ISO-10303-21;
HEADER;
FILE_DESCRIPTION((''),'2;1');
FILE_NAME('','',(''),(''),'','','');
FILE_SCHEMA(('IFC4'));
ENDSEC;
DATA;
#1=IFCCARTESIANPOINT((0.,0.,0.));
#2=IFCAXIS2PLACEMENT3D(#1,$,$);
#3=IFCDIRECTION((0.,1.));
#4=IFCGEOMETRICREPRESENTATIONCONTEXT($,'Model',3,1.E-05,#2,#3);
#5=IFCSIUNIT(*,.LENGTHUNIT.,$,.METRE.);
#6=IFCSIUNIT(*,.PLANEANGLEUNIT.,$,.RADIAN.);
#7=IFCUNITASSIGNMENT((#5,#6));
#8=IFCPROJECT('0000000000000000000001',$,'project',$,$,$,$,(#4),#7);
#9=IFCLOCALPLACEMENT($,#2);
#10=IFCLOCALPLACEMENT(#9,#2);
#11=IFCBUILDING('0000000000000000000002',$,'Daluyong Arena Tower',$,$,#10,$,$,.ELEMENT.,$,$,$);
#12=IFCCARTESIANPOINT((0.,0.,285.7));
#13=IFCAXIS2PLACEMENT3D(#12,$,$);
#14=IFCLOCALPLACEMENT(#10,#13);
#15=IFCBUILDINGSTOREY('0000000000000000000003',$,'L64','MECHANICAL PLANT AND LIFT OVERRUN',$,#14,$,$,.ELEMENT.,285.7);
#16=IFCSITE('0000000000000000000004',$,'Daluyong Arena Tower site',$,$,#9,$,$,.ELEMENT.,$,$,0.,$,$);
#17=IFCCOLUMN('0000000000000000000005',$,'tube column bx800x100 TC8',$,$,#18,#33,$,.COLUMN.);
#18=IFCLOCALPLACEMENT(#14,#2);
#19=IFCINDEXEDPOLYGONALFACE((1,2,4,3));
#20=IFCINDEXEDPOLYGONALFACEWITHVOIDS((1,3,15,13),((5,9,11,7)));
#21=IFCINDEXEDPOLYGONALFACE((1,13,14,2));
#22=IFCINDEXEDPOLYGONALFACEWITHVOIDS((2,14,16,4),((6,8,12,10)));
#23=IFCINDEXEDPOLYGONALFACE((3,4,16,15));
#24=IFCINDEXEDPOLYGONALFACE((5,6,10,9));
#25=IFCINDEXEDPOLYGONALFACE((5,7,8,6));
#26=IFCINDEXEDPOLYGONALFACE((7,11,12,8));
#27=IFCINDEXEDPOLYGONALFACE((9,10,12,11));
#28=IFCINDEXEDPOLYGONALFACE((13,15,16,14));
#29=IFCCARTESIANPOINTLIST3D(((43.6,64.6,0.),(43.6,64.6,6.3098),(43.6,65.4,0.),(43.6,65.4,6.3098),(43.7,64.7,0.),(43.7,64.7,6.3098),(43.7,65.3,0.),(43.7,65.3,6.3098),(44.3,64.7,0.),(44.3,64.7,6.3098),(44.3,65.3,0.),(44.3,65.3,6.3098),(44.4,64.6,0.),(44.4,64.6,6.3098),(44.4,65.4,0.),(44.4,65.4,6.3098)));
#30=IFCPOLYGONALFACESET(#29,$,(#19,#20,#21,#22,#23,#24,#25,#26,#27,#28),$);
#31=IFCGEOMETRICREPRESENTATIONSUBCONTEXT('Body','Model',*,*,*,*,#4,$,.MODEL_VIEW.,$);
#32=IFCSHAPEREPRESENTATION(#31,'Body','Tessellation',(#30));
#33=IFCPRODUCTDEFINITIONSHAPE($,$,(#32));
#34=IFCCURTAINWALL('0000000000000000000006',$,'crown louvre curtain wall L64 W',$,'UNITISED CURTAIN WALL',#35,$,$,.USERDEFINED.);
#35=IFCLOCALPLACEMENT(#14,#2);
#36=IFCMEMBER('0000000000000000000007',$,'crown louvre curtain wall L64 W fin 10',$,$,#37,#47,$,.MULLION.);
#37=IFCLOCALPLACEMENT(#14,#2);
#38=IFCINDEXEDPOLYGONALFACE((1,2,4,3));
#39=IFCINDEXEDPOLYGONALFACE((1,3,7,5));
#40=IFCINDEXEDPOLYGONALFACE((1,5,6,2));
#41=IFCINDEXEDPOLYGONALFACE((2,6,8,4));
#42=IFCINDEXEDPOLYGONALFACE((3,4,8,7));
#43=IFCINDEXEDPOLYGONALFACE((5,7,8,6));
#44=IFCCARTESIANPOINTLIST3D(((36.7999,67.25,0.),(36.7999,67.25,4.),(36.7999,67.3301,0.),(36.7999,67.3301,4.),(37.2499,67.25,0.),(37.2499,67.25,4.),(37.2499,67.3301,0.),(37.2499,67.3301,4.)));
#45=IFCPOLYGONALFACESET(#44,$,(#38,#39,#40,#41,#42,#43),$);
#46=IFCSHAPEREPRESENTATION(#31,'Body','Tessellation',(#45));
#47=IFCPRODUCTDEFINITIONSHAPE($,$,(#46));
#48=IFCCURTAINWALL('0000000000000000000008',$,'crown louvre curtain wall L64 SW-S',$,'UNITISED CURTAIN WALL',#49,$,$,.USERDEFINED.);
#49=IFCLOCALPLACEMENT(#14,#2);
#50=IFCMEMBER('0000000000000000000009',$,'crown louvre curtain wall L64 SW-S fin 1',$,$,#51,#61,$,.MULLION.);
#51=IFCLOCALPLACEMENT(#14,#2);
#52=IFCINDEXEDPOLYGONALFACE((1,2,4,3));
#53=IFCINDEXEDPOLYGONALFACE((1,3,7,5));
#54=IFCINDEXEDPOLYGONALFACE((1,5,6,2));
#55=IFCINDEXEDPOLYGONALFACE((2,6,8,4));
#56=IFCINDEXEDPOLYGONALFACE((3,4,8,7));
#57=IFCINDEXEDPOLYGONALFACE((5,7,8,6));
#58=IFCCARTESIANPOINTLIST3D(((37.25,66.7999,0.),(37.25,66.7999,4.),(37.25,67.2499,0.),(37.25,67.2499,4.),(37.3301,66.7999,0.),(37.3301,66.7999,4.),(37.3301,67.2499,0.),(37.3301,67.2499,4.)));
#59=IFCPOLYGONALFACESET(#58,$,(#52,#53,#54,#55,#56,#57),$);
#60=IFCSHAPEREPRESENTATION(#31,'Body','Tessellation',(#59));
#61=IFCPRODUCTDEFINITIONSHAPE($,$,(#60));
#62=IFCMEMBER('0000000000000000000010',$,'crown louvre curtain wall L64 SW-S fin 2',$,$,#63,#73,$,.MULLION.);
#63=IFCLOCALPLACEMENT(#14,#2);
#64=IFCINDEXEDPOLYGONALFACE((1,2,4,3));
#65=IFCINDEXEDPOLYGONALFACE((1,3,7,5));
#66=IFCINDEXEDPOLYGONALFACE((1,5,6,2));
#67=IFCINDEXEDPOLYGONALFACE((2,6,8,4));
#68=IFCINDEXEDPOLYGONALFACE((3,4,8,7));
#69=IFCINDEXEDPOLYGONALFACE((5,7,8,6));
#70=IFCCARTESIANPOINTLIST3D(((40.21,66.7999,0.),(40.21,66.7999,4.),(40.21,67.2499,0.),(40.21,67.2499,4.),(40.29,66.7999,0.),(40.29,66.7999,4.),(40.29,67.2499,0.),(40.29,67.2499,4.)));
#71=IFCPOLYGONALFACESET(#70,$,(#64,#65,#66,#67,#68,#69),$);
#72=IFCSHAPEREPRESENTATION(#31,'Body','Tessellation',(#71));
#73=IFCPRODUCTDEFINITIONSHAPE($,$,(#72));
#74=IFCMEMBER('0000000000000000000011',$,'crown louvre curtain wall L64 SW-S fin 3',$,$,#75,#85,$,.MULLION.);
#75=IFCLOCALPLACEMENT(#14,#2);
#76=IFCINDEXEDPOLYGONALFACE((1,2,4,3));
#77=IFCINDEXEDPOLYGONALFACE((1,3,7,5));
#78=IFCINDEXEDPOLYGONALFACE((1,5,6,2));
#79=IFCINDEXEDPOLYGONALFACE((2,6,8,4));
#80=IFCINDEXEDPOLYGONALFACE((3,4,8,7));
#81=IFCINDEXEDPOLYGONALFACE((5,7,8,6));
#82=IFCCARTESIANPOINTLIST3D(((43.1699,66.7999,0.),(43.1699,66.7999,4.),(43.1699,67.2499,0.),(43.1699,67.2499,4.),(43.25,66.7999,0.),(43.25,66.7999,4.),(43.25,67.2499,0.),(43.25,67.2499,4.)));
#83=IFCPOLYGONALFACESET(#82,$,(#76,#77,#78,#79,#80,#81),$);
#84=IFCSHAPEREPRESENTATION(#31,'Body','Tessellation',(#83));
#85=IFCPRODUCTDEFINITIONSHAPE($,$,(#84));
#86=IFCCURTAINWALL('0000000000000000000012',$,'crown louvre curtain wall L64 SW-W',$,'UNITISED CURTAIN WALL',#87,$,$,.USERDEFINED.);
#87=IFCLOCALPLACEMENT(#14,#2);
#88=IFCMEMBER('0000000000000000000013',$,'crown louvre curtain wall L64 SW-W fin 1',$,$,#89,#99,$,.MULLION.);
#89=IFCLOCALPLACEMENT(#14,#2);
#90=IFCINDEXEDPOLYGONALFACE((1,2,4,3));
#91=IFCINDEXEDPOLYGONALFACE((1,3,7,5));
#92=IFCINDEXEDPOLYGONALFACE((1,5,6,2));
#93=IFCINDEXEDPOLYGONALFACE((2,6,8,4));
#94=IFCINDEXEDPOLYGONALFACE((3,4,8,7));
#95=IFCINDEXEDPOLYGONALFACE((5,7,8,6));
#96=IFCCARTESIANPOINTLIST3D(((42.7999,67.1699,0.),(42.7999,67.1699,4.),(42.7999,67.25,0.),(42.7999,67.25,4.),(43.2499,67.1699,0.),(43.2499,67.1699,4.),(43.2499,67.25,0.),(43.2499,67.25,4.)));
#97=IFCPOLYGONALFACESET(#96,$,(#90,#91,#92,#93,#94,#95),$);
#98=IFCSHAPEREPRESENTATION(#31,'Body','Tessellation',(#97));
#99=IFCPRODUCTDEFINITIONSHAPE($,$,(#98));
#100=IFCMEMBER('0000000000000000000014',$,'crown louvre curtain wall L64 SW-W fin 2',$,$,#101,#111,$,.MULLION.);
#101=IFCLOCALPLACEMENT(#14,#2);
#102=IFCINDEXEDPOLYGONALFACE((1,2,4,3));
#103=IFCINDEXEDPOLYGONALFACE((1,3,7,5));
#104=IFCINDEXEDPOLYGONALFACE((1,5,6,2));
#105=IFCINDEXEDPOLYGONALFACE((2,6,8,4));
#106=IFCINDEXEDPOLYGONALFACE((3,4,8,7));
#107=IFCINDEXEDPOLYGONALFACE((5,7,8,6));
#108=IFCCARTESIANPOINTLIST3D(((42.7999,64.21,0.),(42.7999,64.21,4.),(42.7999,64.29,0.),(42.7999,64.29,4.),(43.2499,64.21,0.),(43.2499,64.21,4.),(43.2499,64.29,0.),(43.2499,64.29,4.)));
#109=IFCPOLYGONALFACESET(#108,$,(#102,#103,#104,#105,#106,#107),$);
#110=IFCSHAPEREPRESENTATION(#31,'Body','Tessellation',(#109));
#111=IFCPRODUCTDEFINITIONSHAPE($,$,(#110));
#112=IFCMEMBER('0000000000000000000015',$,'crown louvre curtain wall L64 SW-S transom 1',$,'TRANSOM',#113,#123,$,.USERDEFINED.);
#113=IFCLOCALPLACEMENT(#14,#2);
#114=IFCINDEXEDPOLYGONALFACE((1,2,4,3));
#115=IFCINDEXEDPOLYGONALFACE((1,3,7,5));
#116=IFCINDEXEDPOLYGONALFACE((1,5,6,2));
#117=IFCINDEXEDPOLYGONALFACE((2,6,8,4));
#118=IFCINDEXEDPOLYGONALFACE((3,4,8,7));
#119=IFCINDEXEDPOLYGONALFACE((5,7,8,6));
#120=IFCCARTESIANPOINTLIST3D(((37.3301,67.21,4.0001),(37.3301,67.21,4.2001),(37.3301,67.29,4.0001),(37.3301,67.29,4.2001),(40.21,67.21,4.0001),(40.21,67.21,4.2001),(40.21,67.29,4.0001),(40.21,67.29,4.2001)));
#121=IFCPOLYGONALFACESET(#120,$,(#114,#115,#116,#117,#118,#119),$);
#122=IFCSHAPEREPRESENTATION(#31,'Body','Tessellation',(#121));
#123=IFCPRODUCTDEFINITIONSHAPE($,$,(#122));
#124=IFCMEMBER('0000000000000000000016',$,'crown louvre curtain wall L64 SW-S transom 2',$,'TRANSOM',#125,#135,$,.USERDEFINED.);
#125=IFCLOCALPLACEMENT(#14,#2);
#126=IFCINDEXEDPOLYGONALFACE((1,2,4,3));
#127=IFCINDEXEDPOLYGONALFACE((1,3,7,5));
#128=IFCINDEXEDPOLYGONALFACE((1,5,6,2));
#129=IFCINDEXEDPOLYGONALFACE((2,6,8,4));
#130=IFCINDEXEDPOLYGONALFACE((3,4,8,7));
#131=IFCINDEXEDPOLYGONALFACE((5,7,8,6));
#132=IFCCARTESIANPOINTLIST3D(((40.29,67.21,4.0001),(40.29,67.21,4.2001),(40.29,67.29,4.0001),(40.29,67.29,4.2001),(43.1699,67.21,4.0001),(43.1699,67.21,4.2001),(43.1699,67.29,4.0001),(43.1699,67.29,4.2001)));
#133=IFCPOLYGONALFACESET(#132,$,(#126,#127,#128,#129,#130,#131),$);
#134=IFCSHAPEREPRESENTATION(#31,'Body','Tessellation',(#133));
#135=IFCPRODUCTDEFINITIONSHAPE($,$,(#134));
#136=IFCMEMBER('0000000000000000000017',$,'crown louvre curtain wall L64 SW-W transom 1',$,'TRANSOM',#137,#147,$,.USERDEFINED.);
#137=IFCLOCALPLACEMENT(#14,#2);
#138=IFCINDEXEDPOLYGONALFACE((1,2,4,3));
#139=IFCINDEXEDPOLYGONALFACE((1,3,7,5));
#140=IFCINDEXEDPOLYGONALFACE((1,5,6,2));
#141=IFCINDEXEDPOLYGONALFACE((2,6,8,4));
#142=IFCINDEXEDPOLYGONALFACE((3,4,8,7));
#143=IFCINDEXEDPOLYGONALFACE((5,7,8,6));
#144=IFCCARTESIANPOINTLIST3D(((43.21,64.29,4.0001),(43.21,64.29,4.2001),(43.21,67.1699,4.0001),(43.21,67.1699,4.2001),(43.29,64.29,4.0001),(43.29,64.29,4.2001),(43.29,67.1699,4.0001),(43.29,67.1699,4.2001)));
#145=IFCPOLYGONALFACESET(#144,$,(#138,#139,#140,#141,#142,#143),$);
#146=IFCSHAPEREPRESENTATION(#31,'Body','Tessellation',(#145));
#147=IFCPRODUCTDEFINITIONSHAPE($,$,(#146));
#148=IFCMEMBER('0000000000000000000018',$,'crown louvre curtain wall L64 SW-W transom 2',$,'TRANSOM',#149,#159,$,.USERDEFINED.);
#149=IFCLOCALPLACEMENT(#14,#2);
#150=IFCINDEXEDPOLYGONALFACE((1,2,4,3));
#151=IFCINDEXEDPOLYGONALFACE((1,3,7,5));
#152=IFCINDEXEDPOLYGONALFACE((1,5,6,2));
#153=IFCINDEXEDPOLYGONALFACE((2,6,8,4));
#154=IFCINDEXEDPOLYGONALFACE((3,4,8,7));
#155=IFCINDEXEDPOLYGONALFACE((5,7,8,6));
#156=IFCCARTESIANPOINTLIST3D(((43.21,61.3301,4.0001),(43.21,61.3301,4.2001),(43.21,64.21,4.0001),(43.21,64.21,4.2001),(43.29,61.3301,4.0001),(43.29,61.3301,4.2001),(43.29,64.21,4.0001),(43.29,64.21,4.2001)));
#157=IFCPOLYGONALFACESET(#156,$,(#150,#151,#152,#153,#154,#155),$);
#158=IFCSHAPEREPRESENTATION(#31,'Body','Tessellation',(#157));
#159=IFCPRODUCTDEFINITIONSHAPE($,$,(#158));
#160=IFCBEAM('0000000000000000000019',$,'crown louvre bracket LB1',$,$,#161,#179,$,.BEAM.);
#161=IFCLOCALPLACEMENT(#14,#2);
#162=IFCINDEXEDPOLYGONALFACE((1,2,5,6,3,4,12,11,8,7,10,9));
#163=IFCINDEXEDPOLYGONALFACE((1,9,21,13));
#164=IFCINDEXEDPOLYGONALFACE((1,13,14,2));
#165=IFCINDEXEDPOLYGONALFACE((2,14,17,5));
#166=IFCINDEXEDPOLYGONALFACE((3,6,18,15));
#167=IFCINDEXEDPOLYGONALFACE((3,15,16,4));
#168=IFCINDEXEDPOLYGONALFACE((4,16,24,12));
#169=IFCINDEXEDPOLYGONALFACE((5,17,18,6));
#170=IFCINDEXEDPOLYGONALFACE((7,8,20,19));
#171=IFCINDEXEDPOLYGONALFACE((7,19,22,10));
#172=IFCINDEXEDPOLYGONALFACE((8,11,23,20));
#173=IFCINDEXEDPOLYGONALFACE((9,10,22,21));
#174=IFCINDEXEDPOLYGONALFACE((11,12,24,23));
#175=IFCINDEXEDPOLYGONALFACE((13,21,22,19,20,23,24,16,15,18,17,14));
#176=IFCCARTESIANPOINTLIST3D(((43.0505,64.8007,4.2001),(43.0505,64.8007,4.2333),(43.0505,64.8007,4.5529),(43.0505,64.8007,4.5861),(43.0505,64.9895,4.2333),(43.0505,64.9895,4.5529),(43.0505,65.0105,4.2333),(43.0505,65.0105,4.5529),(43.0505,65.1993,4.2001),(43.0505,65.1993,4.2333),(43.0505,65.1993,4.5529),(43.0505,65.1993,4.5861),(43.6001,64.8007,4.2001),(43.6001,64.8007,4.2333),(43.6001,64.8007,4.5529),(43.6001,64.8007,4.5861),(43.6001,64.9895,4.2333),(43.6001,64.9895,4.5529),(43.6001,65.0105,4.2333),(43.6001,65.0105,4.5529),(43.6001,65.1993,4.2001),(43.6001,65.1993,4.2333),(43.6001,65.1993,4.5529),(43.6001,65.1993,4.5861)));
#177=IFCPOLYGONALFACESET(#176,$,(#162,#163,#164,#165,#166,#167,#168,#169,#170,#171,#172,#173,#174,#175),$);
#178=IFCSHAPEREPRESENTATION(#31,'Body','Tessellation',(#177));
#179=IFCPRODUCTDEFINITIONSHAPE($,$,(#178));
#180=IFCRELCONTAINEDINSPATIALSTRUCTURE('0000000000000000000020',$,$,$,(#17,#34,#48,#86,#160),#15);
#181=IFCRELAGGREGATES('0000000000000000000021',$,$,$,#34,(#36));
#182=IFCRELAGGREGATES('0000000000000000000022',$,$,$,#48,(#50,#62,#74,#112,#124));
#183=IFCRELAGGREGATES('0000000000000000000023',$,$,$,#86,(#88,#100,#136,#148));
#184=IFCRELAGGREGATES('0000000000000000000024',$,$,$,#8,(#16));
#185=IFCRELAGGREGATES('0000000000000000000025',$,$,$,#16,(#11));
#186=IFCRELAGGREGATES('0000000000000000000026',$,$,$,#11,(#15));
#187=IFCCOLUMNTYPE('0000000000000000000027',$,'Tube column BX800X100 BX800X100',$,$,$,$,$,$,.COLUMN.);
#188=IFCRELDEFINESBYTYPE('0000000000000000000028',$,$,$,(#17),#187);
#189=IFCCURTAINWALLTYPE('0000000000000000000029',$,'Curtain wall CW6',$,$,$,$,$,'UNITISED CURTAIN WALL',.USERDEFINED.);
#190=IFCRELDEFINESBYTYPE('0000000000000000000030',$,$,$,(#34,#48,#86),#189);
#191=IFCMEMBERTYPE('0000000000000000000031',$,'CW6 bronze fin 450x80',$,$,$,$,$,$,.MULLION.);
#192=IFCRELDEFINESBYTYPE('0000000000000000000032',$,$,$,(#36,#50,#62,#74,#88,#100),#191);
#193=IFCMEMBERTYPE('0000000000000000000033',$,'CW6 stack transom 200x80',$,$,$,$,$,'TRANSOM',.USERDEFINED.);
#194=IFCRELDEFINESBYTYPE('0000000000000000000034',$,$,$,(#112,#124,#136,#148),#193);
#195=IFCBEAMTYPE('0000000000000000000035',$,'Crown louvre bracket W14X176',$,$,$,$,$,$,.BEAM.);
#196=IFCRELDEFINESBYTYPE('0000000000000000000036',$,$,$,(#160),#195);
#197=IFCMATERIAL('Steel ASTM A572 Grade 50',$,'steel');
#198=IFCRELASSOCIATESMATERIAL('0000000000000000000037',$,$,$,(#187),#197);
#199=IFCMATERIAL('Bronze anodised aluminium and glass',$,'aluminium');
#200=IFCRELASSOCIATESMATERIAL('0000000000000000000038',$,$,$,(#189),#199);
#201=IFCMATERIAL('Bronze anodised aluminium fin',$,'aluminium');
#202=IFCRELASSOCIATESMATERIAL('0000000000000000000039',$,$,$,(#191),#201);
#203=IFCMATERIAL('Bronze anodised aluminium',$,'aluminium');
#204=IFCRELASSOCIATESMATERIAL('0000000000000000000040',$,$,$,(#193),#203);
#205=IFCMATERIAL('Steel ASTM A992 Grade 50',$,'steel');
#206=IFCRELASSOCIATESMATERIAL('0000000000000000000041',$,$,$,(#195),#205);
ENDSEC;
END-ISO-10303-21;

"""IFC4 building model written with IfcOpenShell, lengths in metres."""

from ifc_helpers import new_model, si_unit, direction, frame, origin, origin_2d, place, context, subcontext, project, spatial, rectangle, hollow_rectangle, i_section, extrude, material, material_profile, profile_set, type_object, element, aggregate, save


model = new_model("IFC4")

# Units and contexts
model_context = context("Model", 3, precision=1e-05, world=origin(), true_north=direction((0.0, 1.0)))
body_context = subcontext(model_context, "Body", "Model", "MODEL_VIEW")
ifc_project = project(units=[si_unit("LENGTHUNIT", "METRE"), si_unit("PLANEANGLEUNIT", "RADIAN")], contexts=[model_context])

# Site, building, storey
site_placement = place(None, origin())
site = spatial("IfcSite", under=ifc_project, at=site_placement, Name="Daluyong Arena Tower site", CompositionType="ELEMENT", RefElevation=0.0)
building_placement = place(site_placement, origin())
building = spatial("IfcBuilding", under=site, at=building_placement, Name="Daluyong Arena Tower", CompositionType="ELEMENT")
storey_placement = place(building_placement, frame((0.0, 0.0, 285.7)))
storey = spatial("IfcBuildingStorey", under=building, at=storey_placement, Name="L64", Description="MECHANICAL PLANT AND LIFT OVERRUN", CompositionType="ELEMENT", Elevation=285.7)

# Column
ifc_material_1 = material(Name="Steel ASTM A572 Grade 50", Category="steel")
ifc_material_profile_1 = material_profile(ifc_material_1, hollow_rectangle(XDim=0.8, YDim=0.8, WallThickness=0.1, at=origin_2d()))
ifc_profile_set_1 = profile_set([ifc_material_profile_1], Name="Steel ASTM A572 Grade 50")
column_type = type_object("IfcColumnType", Name="Tube column BX800X100 BX800X100", PredefinedType="COLUMN", material=ifc_profile_set_1)
column_placement = place(storey_placement, frame((44.0, 65.0, 0.0), z_axis=(0.0, 0.0, 1.0), x_axis=(0.0, 1.0, 0.0)))
element("IfcColumn", 1, at=column_placement, inside=storey, type_object=column_type, Name="tube column bx800x100 TC8", PredefinedType="COLUMN", context=body_context, shape_type="SweptSolid", body=[
    extrude(hollow_rectangle(XDim=0.8, YDim=0.8, WallThickness=0.1, at=origin_2d()), origin(), (0.0, 0.0, 1.0), 6.3098),
])

# Curtain wall, member
ifc_material_2 = material(Name="Bronze anodised aluminium and glass", Category="aluminium")
curtain_wall_type = type_object("IfcCurtainWallType", Name="Curtain wall CW6", ElementType="UNITISED CURTAIN WALL", PredefinedType="USERDEFINED", material=ifc_material_2)
curtain_wall_1_placement = place(storey_placement, origin())
curtain_wall_1 = element("IfcCurtainWall", 2, at=curtain_wall_1_placement, inside=storey, type_object=curtain_wall_type, Name="crown louvre curtain wall L64 W", ObjectType="UNITISED CURTAIN WALL", PredefinedType="USERDEFINED")
ifc_material_3 = material(Name="Bronze anodised aluminium fin", Category="aluminium")
ifc_material_profile_2 = material_profile(ifc_material_3, rectangle(XDim=0.45, YDim=0.0801, at=origin_2d()))
ifc_profile_set_2 = profile_set([ifc_material_profile_2], Name="Bronze anodised aluminium fin")
member_type_1 = type_object("IfcMemberType", Name="CW6 bronze fin 450x80", PredefinedType="MULLION", material=ifc_profile_set_2)
member_1_placement = place(storey_placement, frame((37.0249, 67.29, 0.0), z_axis=(0.0, 0.0, 1.0), x_axis=(1.0, 0.0, 0.0)))
member_1 = element("IfcMember", 3, at=member_1_placement, type_object=member_type_1, Name="crown louvre curtain wall L64 W fin 10", PredefinedType="MULLION", context=body_context, shape_type="SweptSolid", body=[
    extrude(rectangle(XDim=0.45, YDim=0.0801, at=origin_2d()), origin(), (0.0, 0.0, 1.0), 4.0),
])
aggregate(curtain_wall_1, [member_1])

# Curtain walls, members
curtain_wall_2_placement = place(storey_placement, origin())
curtain_wall_2 = element("IfcCurtainWall", 4, at=curtain_wall_2_placement, inside=storey, type_object=curtain_wall_type, Name="crown louvre curtain wall L64 SW-S", ObjectType="UNITISED CURTAIN WALL", PredefinedType="USERDEFINED")
member_2_placement = place(storey_placement, frame((37.29, 67.0249, 0.0), z_axis=(0.0, 0.0, 1.0), x_axis=(0.0, 1.0, 0.0)))
member_2 = element("IfcMember", 5, at=member_2_placement, type_object=member_type_1, Name="crown louvre curtain wall L64 SW-S fin 1", PredefinedType="MULLION", context=body_context, shape_type="SweptSolid", body=[
    extrude(rectangle(XDim=0.45, YDim=0.0801, at=origin_2d()), origin(), (0.0, 0.0, 1.0), 4.0),
])
member_3_placement = place(storey_placement, frame((40.25, 67.0249, 0.0), z_axis=(0.0, 0.0, 1.0), x_axis=(0.0, 1.0, 0.0)))
member_3 = element("IfcMember", 6, at=member_3_placement, type_object=member_type_1, Name="crown louvre curtain wall L64 SW-S fin 2", PredefinedType="MULLION", context=body_context, shape_type="SweptSolid", body=[
    extrude(rectangle(XDim=0.45, YDim=0.0801, at=origin_2d()), origin(), (0.0, 0.0, 1.0), 4.0),
])
member_4_placement = place(storey_placement, frame((43.21, 67.0249, 0.0), z_axis=(0.0, 0.0, 1.0), x_axis=(0.0, 1.0, 0.0)))
member_4 = element("IfcMember", 7, at=member_4_placement, type_object=member_type_1, Name="crown louvre curtain wall L64 SW-S fin 3", PredefinedType="MULLION", context=body_context, shape_type="SweptSolid", body=[
    extrude(rectangle(XDim=0.45, YDim=0.0801, at=origin_2d()), origin(), (0.0, 0.0, 1.0), 4.0),
])
curtain_wall_3_placement = place(storey_placement, origin())
curtain_wall_3 = element("IfcCurtainWall", 8, at=curtain_wall_3_placement, inside=storey, type_object=curtain_wall_type, Name="crown louvre curtain wall L64 SW-W", ObjectType="UNITISED CURTAIN WALL", PredefinedType="USERDEFINED")
member_5_placement = place(storey_placement, frame((43.0249, 67.21, 0.0), z_axis=(0.0, 0.0, 1.0), x_axis=(1.0, 0.0, 0.0)))
member_5 = element("IfcMember", 9, at=member_5_placement, type_object=member_type_1, Name="crown louvre curtain wall L64 SW-W fin 1", PredefinedType="MULLION", context=body_context, shape_type="SweptSolid", body=[
    extrude(rectangle(XDim=0.45, YDim=0.0801, at=origin_2d()), origin(), (0.0, 0.0, 1.0), 4.0),
])
member_6_placement = place(storey_placement, frame((43.0249, 64.25, 0.0), z_axis=(0.0, 0.0, 1.0), x_axis=(1.0, 0.0, 0.0)))
member_6 = element("IfcMember", 10, at=member_6_placement, type_object=member_type_1, Name="crown louvre curtain wall L64 SW-W fin 2", PredefinedType="MULLION", context=body_context, shape_type="SweptSolid", body=[
    extrude(rectangle(XDim=0.45, YDim=0.0801, at=origin_2d()), origin(), (0.0, 0.0, 1.0), 4.0),
])

# Members
ifc_material_4 = material(Name="Bronze anodised aluminium", Category="aluminium")
ifc_material_profile_3 = material_profile(ifc_material_4, rectangle(XDim=0.0801, YDim=0.2, at=origin_2d()))
ifc_profile_set_3 = profile_set([ifc_material_profile_3], Name="Bronze anodised aluminium")
member_type_2 = type_object("IfcMemberType", Name="CW6 stack transom 200x80", ElementType="TRANSOM", PredefinedType="USERDEFINED", material=ifc_profile_set_3)
member_7_placement = place(storey_placement, frame((37.3301, 67.25, 4.1001), z_axis=(1.0, 0.0, 0.0), x_axis=(0.0, 1.0, 0.0)))
member_7 = element("IfcMember", 11, at=member_7_placement, type_object=member_type_2, Name="crown louvre curtain wall L64 SW-S transom 1", ObjectType="TRANSOM", PredefinedType="USERDEFINED", context=body_context, shape_type="SweptSolid", body=[
    extrude(rectangle(XDim=0.0801, YDim=0.2, at=origin_2d()), origin(), (0.0, 0.0, 1.0), 2.8799),
])
member_8_placement = place(storey_placement, frame((40.29, 67.25, 4.1001), z_axis=(1.0, 0.0, 0.0), x_axis=(0.0, 1.0, 0.0)))
member_8 = element("IfcMember", 12, at=member_8_placement, type_object=member_type_2, Name="crown louvre curtain wall L64 SW-S transom 2", ObjectType="TRANSOM", PredefinedType="USERDEFINED", context=body_context, shape_type="SweptSolid", body=[
    extrude(rectangle(XDim=0.0801, YDim=0.2, at=origin_2d()), origin(), (0.0, 0.0, 1.0), 2.8799),
])
member_9_placement = place(storey_placement, frame((43.25, 67.1699, 4.1001), z_axis=(0.0, -1.0, 0.0), x_axis=(1.0, 0.0, 0.0)))
member_9 = element("IfcMember", 13, at=member_9_placement, type_object=member_type_2, Name="crown louvre curtain wall L64 SW-W transom 1", ObjectType="TRANSOM", PredefinedType="USERDEFINED", context=body_context, shape_type="SweptSolid", body=[
    extrude(rectangle(XDim=0.0801, YDim=0.2, at=origin_2d()), origin(), (0.0, 0.0, 1.0), 2.8799),
])
member_10_placement = place(storey_placement, frame((43.25, 64.21, 4.1001), z_axis=(0.0, -1.0, 0.0), x_axis=(1.0, 0.0, 0.0)))
member_10 = element("IfcMember", 14, at=member_10_placement, type_object=member_type_2, Name="crown louvre curtain wall L64 SW-W transom 2", ObjectType="TRANSOM", PredefinedType="USERDEFINED", context=body_context, shape_type="SweptSolid", body=[
    extrude(rectangle(XDim=0.0801, YDim=0.2, at=origin_2d()), origin(), (0.0, 0.0, 1.0), 2.8799),
])

# Beam
ifc_material_5 = material(Name="Steel ASTM A992 Grade 50", Category="steel")
ifc_material_profile_4 = material_profile(ifc_material_5, i_section(OverallWidth=0.3987, OverallDepth=0.386, WebThickness=0.021, FlangeThickness=0.0332, at=origin_2d()))
ifc_profile_set_4 = profile_set([ifc_material_profile_4], Name="Steel ASTM A992 Grade 50")
beam_type_1 = type_object("IfcBeamType", Name="Crown louvre bracket W14X176", PredefinedType="BEAM", material=ifc_profile_set_4)
beam_1_placement = place(storey_placement, frame((43.6001, 65.0, 4.3931), z_axis=(-1.0, 0.0, 0.0), x_axis=(0.0, -1.0, 0.0)))
element("IfcBeam", 15, at=beam_1_placement, inside=storey, type_object=beam_type_1, Name="crown louvre bracket LB1", PredefinedType="BEAM", context=body_context, shape_type="SweptSolid", body=[
    extrude(i_section(OverallWidth=0.3987, OverallDepth=0.386, WebThickness=0.021, FlangeThickness=0.0332, at=origin_2d()), origin(), (0.0, 0.0, 1.0), 0.5496),
])

aggregate(curtain_wall_2, [member_2, member_3, member_4, member_7, member_8])
aggregate(curtain_wall_3, [member_5, member_6, member_9, member_10])

save(model, "model.ifc")
